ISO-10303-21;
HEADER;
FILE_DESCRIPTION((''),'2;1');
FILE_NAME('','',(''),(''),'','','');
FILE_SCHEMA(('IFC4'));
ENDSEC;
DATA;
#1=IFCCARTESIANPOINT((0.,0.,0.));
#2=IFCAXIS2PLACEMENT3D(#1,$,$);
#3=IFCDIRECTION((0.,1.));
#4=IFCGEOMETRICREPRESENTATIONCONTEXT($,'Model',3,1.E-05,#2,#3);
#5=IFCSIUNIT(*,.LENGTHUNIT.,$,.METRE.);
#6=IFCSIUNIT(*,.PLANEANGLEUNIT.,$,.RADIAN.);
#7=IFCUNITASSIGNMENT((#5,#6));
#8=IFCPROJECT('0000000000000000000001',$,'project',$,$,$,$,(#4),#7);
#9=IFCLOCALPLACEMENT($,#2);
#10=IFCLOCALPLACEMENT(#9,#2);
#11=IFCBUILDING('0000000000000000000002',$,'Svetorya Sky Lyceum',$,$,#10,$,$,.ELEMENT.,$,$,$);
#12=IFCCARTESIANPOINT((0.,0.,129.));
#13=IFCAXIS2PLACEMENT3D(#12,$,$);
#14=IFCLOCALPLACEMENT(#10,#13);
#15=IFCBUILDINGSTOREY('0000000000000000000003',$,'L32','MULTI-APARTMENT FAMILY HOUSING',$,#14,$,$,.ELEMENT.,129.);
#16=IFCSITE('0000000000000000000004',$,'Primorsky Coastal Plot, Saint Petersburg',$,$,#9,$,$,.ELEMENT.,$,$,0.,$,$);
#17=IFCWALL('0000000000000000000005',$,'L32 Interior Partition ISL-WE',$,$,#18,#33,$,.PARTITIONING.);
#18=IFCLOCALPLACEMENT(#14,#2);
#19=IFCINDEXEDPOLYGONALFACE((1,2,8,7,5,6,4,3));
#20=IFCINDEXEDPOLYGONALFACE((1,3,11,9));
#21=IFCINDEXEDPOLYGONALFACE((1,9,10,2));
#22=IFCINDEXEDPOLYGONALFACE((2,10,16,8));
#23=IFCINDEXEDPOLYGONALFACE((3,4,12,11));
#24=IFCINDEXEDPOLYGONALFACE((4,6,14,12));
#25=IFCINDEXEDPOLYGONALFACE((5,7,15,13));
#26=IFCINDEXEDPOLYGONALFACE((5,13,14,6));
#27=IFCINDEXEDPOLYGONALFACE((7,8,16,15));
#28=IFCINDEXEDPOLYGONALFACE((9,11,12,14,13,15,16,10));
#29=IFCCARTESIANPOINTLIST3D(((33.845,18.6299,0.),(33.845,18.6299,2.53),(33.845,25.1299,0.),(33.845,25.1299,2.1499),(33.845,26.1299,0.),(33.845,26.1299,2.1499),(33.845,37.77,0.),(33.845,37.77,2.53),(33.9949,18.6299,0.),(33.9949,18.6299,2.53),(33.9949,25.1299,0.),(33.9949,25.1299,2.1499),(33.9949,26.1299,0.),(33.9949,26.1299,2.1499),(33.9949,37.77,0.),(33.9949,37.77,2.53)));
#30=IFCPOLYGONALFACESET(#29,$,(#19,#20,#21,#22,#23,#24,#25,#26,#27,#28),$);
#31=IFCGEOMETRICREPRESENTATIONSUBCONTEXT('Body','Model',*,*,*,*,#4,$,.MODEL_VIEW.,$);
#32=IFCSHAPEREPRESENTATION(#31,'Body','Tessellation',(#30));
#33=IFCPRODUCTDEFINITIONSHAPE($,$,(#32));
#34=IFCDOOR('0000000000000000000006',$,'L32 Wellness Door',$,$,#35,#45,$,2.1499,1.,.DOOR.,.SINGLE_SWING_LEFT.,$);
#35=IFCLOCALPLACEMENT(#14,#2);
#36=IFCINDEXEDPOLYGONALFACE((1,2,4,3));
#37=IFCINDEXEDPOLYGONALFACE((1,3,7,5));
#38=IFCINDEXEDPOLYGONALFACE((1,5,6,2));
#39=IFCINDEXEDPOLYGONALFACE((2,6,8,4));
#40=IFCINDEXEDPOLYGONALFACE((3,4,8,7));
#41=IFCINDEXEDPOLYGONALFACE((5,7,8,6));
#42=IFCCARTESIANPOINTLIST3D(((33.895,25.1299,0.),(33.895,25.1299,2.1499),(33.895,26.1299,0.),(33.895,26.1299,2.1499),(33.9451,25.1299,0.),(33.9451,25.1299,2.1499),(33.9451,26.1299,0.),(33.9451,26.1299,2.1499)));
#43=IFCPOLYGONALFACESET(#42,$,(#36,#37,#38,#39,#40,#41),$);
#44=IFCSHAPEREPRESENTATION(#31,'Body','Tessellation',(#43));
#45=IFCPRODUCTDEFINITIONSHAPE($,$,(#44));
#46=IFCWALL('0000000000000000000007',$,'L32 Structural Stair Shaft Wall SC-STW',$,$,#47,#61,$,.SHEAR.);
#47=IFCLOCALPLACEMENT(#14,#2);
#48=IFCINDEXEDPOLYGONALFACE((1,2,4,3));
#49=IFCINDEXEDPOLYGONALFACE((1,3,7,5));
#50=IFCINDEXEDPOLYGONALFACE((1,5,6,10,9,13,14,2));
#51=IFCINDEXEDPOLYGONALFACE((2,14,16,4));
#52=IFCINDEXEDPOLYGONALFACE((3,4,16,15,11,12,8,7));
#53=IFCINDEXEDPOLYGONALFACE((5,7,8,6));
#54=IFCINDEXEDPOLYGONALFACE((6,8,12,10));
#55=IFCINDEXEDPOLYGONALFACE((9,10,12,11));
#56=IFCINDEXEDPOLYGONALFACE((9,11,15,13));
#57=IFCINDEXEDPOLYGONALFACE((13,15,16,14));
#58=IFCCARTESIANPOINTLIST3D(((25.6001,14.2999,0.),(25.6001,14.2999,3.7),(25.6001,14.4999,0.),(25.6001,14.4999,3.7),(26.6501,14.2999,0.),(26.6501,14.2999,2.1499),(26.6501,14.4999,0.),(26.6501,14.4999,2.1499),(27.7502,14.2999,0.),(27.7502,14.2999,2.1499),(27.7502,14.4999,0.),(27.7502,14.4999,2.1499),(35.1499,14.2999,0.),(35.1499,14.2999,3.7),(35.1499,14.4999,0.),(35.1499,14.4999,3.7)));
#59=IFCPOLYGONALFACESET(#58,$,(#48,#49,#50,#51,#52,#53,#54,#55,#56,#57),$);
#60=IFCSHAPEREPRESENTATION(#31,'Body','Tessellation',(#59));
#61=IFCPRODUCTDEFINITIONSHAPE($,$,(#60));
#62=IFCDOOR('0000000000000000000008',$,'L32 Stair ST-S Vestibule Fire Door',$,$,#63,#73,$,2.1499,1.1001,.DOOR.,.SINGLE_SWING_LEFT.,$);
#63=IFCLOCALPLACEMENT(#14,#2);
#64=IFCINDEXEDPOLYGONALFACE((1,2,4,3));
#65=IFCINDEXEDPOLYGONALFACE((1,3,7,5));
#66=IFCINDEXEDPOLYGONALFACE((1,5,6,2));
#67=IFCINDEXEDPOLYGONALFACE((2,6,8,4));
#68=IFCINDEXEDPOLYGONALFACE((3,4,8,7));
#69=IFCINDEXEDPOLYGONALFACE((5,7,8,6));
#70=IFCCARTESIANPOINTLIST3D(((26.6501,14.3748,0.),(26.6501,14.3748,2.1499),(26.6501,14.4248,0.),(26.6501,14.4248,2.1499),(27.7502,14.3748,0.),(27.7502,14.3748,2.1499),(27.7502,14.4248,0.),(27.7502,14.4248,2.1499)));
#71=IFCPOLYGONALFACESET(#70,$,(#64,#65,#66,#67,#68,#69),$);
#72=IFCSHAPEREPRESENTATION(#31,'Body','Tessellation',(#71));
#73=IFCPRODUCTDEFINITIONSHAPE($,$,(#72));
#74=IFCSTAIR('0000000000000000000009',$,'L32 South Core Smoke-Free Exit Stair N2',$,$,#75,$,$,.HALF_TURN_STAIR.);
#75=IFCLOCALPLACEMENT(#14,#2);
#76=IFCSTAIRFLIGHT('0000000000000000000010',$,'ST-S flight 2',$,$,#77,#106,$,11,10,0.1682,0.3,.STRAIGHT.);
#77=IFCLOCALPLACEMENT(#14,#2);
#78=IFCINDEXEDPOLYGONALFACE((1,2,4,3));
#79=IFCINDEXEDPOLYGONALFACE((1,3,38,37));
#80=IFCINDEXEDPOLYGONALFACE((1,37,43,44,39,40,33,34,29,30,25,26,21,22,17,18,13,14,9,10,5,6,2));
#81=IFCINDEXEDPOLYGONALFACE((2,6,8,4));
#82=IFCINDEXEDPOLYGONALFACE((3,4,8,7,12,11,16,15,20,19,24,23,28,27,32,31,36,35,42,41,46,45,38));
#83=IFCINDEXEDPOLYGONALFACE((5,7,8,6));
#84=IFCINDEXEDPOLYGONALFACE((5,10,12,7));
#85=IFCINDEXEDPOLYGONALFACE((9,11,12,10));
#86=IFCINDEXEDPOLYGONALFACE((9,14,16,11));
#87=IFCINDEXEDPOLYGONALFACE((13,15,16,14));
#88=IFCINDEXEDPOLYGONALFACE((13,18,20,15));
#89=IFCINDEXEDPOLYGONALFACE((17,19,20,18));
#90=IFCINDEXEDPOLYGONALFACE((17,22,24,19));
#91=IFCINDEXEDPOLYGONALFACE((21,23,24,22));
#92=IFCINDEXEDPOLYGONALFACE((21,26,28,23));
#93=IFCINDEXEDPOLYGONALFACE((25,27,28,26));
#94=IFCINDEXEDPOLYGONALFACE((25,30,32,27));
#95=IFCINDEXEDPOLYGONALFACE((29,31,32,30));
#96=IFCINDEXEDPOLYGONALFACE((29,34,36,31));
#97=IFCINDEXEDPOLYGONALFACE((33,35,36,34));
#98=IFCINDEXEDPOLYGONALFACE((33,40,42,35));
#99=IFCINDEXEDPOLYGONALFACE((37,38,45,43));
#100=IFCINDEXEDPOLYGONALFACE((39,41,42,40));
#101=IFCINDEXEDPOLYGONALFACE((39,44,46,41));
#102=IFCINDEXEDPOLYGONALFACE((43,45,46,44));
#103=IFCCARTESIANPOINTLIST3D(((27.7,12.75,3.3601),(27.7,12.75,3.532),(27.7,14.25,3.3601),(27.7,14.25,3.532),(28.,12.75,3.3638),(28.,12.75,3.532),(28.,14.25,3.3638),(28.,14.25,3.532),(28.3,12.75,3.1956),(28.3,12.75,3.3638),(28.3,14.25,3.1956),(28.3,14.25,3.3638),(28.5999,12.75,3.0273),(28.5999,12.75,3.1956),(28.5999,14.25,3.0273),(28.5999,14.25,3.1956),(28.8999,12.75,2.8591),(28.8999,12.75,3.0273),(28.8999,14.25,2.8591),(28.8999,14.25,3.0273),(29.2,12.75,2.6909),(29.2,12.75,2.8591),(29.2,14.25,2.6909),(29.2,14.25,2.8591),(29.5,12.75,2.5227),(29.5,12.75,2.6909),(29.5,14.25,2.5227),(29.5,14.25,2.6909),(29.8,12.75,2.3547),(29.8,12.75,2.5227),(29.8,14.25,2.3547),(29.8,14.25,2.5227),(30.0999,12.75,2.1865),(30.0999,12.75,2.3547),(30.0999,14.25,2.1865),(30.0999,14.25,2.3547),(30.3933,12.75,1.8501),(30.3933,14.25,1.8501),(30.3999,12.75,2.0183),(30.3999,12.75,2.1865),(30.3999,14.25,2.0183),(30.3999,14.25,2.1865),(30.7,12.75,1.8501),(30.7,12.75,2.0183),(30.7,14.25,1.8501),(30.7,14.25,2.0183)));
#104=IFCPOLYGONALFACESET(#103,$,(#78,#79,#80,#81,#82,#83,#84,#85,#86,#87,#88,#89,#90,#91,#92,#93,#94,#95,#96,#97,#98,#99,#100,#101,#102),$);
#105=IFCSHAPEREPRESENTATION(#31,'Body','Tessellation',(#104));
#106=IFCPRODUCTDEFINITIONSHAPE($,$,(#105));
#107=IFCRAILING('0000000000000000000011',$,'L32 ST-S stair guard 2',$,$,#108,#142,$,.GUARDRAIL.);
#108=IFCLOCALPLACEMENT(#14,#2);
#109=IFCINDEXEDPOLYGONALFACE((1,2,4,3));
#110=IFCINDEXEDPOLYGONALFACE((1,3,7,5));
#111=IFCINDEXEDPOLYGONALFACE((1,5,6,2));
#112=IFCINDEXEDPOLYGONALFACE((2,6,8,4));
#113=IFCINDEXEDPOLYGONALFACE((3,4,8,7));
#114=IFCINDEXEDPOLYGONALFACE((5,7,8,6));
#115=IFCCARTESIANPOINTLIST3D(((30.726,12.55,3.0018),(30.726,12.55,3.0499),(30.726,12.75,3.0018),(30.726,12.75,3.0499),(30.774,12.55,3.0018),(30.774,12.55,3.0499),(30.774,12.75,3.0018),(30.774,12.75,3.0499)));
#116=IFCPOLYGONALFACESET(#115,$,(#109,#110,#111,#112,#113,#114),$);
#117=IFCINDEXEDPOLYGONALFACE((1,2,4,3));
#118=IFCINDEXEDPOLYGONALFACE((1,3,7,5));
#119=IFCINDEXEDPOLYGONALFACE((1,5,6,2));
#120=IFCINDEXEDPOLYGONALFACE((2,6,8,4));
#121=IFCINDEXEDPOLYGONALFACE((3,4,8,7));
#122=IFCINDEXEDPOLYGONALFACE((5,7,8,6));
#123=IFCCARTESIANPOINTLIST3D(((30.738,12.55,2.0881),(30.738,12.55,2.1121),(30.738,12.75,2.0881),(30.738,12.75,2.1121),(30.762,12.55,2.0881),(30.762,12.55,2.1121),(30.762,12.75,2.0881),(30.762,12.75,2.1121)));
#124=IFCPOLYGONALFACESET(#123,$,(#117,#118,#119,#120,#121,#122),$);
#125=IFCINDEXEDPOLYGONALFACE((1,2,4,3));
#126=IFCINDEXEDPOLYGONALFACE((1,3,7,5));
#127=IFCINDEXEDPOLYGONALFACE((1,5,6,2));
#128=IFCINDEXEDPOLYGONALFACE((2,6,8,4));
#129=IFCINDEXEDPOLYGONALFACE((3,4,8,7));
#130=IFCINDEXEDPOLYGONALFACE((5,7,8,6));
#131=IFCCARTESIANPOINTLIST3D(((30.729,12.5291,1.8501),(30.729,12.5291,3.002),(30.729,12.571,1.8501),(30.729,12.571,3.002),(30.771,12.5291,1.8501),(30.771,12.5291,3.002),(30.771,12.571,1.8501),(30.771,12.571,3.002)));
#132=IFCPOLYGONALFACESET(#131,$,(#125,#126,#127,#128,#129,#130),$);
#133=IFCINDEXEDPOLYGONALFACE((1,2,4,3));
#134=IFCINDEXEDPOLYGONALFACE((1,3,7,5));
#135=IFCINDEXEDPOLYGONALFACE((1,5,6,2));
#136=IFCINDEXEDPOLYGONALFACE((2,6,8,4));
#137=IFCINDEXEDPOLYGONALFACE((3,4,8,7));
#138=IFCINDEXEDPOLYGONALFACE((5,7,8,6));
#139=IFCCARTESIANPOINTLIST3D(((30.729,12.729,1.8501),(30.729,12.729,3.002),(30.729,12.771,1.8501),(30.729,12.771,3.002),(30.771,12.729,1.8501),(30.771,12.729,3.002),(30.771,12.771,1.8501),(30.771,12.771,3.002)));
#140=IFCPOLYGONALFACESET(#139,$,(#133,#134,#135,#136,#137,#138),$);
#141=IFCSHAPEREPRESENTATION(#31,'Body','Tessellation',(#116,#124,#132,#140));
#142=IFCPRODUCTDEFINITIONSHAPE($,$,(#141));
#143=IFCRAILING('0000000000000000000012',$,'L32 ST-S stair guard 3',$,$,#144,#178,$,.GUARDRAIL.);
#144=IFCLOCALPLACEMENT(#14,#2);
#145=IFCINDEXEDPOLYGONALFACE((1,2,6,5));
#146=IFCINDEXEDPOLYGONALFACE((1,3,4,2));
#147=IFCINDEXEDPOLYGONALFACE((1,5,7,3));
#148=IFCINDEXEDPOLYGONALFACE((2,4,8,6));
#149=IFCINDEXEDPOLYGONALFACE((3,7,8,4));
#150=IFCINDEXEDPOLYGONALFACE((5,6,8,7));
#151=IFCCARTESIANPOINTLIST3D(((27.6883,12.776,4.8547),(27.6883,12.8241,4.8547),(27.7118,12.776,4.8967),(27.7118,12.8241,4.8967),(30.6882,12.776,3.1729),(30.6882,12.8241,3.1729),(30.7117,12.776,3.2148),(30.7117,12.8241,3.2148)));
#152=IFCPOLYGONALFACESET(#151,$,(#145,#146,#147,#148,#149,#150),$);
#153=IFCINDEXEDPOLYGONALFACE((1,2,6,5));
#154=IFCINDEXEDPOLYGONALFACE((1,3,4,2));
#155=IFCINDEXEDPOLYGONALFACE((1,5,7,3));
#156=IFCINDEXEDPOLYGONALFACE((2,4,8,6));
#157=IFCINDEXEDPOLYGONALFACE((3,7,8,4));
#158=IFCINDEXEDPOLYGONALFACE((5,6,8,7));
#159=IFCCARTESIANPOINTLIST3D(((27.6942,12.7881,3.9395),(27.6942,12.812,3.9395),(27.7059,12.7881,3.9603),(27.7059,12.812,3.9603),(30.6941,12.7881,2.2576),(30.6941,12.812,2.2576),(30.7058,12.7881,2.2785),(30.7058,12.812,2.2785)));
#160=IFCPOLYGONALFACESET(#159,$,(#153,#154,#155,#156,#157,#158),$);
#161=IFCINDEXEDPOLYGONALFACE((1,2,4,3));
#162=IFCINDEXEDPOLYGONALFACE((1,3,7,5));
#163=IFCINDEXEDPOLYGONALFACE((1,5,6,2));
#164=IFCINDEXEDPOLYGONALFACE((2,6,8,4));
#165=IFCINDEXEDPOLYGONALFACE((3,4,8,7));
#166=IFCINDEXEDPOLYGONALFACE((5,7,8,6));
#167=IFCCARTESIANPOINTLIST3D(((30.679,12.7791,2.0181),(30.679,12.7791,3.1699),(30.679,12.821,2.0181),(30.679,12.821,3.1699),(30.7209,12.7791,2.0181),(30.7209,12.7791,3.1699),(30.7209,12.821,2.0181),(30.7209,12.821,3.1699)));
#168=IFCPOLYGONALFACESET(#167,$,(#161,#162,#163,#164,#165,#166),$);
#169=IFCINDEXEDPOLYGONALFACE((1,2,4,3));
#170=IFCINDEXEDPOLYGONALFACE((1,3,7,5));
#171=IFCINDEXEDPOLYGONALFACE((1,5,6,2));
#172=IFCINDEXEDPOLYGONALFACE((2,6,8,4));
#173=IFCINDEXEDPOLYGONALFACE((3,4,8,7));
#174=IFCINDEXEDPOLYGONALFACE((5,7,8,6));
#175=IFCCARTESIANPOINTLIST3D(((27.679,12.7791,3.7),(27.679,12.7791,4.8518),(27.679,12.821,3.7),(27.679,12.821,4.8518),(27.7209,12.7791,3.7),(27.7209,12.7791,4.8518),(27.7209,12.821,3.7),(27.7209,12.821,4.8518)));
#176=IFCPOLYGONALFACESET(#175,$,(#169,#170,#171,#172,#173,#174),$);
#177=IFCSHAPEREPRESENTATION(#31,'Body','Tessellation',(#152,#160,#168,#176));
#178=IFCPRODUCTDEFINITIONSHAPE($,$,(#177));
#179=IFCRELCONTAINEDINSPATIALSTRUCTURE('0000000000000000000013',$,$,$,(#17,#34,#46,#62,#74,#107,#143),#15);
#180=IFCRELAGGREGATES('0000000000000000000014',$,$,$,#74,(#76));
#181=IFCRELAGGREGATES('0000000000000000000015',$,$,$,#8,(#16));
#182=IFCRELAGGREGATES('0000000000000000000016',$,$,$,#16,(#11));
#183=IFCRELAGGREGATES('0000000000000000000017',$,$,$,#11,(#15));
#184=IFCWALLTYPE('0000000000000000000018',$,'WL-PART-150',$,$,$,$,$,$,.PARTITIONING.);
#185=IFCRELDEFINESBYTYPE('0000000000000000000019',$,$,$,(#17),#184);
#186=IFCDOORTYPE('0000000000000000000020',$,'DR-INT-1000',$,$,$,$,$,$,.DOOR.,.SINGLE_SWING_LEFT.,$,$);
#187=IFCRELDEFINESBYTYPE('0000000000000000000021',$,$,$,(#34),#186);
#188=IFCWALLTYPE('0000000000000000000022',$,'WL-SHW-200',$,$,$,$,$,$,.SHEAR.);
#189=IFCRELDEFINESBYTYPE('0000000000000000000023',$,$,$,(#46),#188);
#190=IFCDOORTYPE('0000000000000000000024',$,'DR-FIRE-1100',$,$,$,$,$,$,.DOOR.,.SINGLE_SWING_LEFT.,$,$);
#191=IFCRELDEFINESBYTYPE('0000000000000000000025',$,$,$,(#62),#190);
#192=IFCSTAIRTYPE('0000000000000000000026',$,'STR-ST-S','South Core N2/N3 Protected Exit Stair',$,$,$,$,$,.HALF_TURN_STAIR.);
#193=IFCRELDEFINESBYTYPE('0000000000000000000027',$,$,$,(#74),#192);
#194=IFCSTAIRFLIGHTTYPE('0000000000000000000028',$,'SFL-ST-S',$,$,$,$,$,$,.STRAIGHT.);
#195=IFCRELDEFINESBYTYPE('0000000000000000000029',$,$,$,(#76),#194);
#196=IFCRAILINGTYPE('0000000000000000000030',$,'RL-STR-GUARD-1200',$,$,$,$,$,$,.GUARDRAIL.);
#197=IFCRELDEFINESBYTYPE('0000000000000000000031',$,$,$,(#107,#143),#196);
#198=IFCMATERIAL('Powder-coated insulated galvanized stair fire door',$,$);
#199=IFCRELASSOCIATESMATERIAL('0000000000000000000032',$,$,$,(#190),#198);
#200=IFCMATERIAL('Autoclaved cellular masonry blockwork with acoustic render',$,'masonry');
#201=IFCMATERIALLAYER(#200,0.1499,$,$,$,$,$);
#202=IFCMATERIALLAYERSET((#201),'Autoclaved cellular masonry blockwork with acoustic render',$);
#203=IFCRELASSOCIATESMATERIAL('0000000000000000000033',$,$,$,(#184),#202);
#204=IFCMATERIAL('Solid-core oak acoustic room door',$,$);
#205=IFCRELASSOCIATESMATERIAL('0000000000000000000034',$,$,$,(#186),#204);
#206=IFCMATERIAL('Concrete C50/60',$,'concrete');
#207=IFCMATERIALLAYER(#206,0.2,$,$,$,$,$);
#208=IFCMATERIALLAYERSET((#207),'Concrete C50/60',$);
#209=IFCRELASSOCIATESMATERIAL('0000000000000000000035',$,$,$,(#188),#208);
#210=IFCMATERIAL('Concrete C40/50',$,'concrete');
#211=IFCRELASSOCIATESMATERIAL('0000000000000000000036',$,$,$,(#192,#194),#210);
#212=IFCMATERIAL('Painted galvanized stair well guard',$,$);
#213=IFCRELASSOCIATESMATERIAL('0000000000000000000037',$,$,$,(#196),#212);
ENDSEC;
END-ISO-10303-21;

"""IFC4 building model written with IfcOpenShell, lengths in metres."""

from ifc_helpers import new_model, si_unit, direction, frame, frame_2d, origin, origin_2d, place, context, subcontext, project, spatial, polyline, rectangle, outline, extrude, material, layer, layer_set, type_object, element, fill, aggregate, save


model = new_model("IFC4")

# Units and contexts
model_context = context("Model", 3, precision=1e-05, world=origin(), true_north=direction((0.0, 1.0)))
body_context = subcontext(model_context, "Body", "Model", "MODEL_VIEW")
ifc_project = project(units=[si_unit("LENGTHUNIT", "METRE"), si_unit("PLANEANGLEUNIT", "RADIAN")], contexts=[model_context])

# Site, building, storey
site_placement = place(None, origin())
site = spatial("IfcSite", under=ifc_project, at=site_placement, Name="Primorsky Coastal Plot, Saint Petersburg", CompositionType="ELEMENT", RefElevation=0.0)
building_placement = place(site_placement, origin())
building = spatial("IfcBuilding", under=site, at=building_placement, Name="Svetorya Sky Lyceum", CompositionType="ELEMENT")
storey_placement = place(building_placement, frame((0.0, 0.0, 129.0)))
storey = spatial("IfcBuildingStorey", under=building, at=storey_placement, Name="L32", Description="MULTI-APARTMENT FAMILY HOUSING", CompositionType="ELEMENT", Elevation=129.0)

# Shared definitions
ifc_material_1 = material(Name="Concrete C50/60", Category="concrete")

# Shared definitions
ifc_material_2 = material(Name="Powder-coated insulated galvanized stair fire door")
door_type_1 = type_object("IfcDoorType", Name="DR-FIRE-1100", OperationType="SINGLE_SWING_LEFT", PredefinedType="DOOR", material=ifc_material_2)

# Shared definitions
ifc_material_3 = material(Name="Autoclaved cellular masonry blockwork with acoustic render", Category="masonry")
ifc_layer_1 = layer(ifc_material_3, 0.1499)
ifc_layer_set_1 = layer_set([ifc_layer_1], Name="Autoclaved cellular masonry blockwork with acoustic render")
wall_type_1 = type_object("IfcWallType", Name="WL-PART-150", PredefinedType="PARTITIONING", material=ifc_layer_set_1)

# Walls, openings, doors
wall_1_placement = place(storey_placement, frame((33.9199, 18.6299, 0.0), z_axis=(0.0, 0.0, 1.0), x_axis=(0.0, 1.0, 0.0)))
wall_1 = element("IfcWall", 1, at=wall_1_placement, inside=storey, type_object=wall_type_1, Name="L32 Interior Partition ISL-WE", PredefinedType="PARTITIONING", context=body_context, shape_type="SweptSolid", body=[
    extrude(rectangle(XDim=19.1401, YDim=0.1499, at=frame_2d((9.5701, 0.0))), origin(), (0.0, 0.0, 1.0), 2.53),
])
opening_1_placement = place(wall_1_placement, frame((6.5, 0.0, 0.0)))
opening_1 = element("IfcOpeningElement", 2, at=opening_1_placement, cuts=wall_1, PredefinedType="OPENING", context=body_context, shape_type="SweptSolid", body=[
    extrude(rectangle(XDim=1.0, YDim=2.1499, at=frame_2d((0.5, 1.075))), frame((0.0, 0.085, 0.0), z_axis=(0.0, -1.0, 0.0), x_axis=(1.0, 0.0, 0.0)), (0.0, 0.0, 1.0), 0.1699),
])
ifc_material_4 = material(Name="Solid-core oak acoustic room door")
door_type_2 = type_object("IfcDoorType", Name="DR-INT-1000", OperationType="SINGLE_SWING_LEFT", PredefinedType="DOOR", material=ifc_material_4)
door_1_placement = place(opening_1_placement, origin())
door_1 = element("IfcDoor", 3, at=door_1_placement, inside=storey, type_object=door_type_2, Name="L32 Wellness Door", OperationType="SINGLE_SWING_LEFT", OverallHeight=2.1499, OverallWidth=1.0, PredefinedType="DOOR", context=body_context, shape_type="SweptSolid", body=[
    extrude(rectangle(XDim=1.0, YDim=2.1499, at=frame_2d((0.5, 1.075))), frame((0.0, 0.0249, 0.0), z_axis=(0.0, -1.0, 0.0), x_axis=(1.0, 0.0, 0.0)), (0.0, 0.0, 1.0), 0.05),
])
fill(opening_1, door_1)
ifc_layer_2 = layer(ifc_material_1, 0.2)
ifc_layer_set_2 = layer_set([ifc_layer_2], Name="Concrete C50/60")
wall_type_2 = type_object("IfcWallType", Name="WL-SHW-200", PredefinedType="SHEAR", material=ifc_layer_set_2)
wall_2_placement = place(storey_placement, frame((25.6001, 14.3999, 0.0), z_axis=(0.0, 0.0, 1.0), x_axis=(1.0, 0.0, 0.0)))
wall_2 = element("IfcWall", 4, at=wall_2_placement, inside=storey, type_object=wall_type_2, Name="L32 Structural Stair Shaft Wall SC-STW", PredefinedType="SHEAR", context=body_context, shape_type="SweptSolid", body=[
    extrude(rectangle(XDim=9.5498, YDim=0.2, at=frame_2d((4.7749, 0.0))), origin(), (0.0, 0.0, 1.0), 3.7),
])
opening_2_placement = place(wall_2_placement, frame((1.05, 0.0, 0.0)))
opening_2 = element("IfcOpeningElement", 5, at=opening_2_placement, cuts=wall_2, PredefinedType="OPENING", context=body_context, shape_type="SweptSolid", body=[
    extrude(rectangle(XDim=1.1001, YDim=2.1499, at=frame_2d((0.55, 1.075))), frame((0.0, 0.1099, 0.0), z_axis=(0.0, -1.0, 0.0), x_axis=(1.0, 0.0, 0.0)), (0.0, 0.0, 1.0), 0.22),
])
door_2_placement = place(opening_2_placement, origin())
door_2 = element("IfcDoor", 6, at=door_2_placement, inside=storey, type_object=door_type_1, Name="L32 Stair ST-S Vestibule Fire Door", OperationType="SINGLE_SWING_LEFT", OverallHeight=2.1499, OverallWidth=1.1001, PredefinedType="DOOR", context=body_context, shape_type="SweptSolid", body=[
    extrude(rectangle(XDim=1.1001, YDim=2.1499, at=frame_2d((0.55, 1.075))), frame((0.0, 0.0249, 0.0), z_axis=(0.0, -1.0, 0.0), x_axis=(1.0, 0.0, 0.0)), (0.0, 0.0, 1.0), 0.05),
])
fill(opening_2, door_2)

# Stair, stair flight
ifc_material_5 = material(Name="Concrete C40/50", Category="concrete")
stair_type = type_object("IfcStairType", Name="STR-ST-S", Description="South Core N2/N3 Protected Exit Stair", PredefinedType="HALF_TURN_STAIR", material=ifc_material_5)
stair_placement = place(storey_placement, origin())
stair = element("IfcStair", 7, at=stair_placement, inside=storey, type_object=stair_type, Name="L32 South Core Smoke-Free Exit Stair N2", PredefinedType="HALF_TURN_STAIR")
stair_flight_type = type_object("IfcStairFlightType", Name="SFL-ST-S", PredefinedType="STRAIGHT", material=ifc_material_5)
stair_flight_placement = place(storey_placement, frame((30.7, 13.5, 1.8501), z_axis=(0.0, 0.0, 1.0), x_axis=(-1.0, 0.0, 0.0)))
stair_flight = element("IfcStairFlight", 8, at=stair_flight_placement, type_object=stair_flight_type, Name="ST-S flight 2", NumberOfRisers=11, NumberOfTreads=10, PredefinedType="STRAIGHT", RiserHeight=0.1682, TreadLength=0.3, context=body_context, shape_type="SweptSolid", body=[
    extrude(outline(polyline([(0.0, 0.0), (0.0, 0.1682), (0.3, 0.1682), (0.3, 0.3364), (0.6001, 0.3364), (0.6001, 0.5046), (0.8999, 0.5046), (0.8999, 0.6726), (1.2, 0.6726), (1.2, 0.8408), (1.5, 0.8408), (1.5, 1.009), (1.8, 1.009), (1.8, 1.1772), (2.1001, 1.1772), (2.1001, 1.3455), (2.3999, 1.3455), (2.3999, 1.5137), (2.7, 1.5137), (2.7, 1.6819), (3.0, 1.6819), (3.0, 1.8501), (3.0, 1.51), (0.3066, 0.0), (0.0, 0.0)])), frame((0.0, 0.75, 0.0), z_axis=(0.0, -1.0, 0.0), x_axis=(1.0, 0.0, 0.0)), (0.0, 0.0, 1.0), 1.5),
])
aggregate(stair, [stair_flight])

# Railings
ifc_material_6 = material(Name="Painted galvanized stair well guard")
railing_type_1 = type_object("IfcRailingType", Name="RL-STR-GUARD-1200", PredefinedType="GUARDRAIL", material=ifc_material_6)
railing_1_placement = place(storey_placement, frame((30.75, 12.55, 1.8501)))
element("IfcRailing", 9, at=railing_1_placement, inside=storey, type_object=railing_type_1, Name="L32 ST-S stair guard 2", PredefinedType="GUARDRAIL", context=body_context, shape_type="SweptSolid", body=[
    extrude(rectangle(XDim=0.0481, YDim=0.0481, at=origin_2d()), frame((0.0, 0.0, 1.1758), z_axis=(0.0, 1.0, 0.0), x_axis=(-1.0, 0.0, 0.0)), (0.0, 0.0, 1.0), 0.2),
    extrude(rectangle(XDim=0.0239, YDim=0.0239, at=origin_2d()), frame((0.0, 0.0, 0.25), z_axis=(0.0, 1.0, 0.0), x_axis=(-1.0, 0.0, 0.0)), (0.0, 0.0, 1.0), 0.2),
    extrude(rectangle(XDim=0.042, YDim=0.042, at=origin_2d()), origin(), (0.0, 0.0, 1.0), 1.1519),
    extrude(rectangle(XDim=0.042, YDim=0.042, at=origin_2d()), frame((0.0, 0.2, 0.0)), (0.0, 0.0, 1.0), 1.1519),
])
railing_2_placement = place(storey_placement, frame((30.7, 12.8, 2.0181)))
element("IfcRailing", 10, at=railing_2_placement, inside=storey, type_object=railing_type_1, Name="L32 ST-S stair guard 3", PredefinedType="GUARDRAIL", context=body_context, shape_type="SweptSolid", body=[
    extrude(rectangle(XDim=0.0481, YDim=0.0481, at=origin_2d()), frame((0.0, 0.0, 1.1758), z_axis=(-0.872272, 0.0, 0.48902), x_axis=(0.0, -1.0, 0.0)), (0.0, 0.0, 1.0), 3.4392),
    extrude(rectangle(XDim=0.0239, YDim=0.0239, at=origin_2d()), frame((0.0, 0.0, 0.25), z_axis=(-0.872272, 0.0, 0.48902), x_axis=(0.0, -1.0, 0.0)), (0.0, 0.0, 1.0), 3.4392),
    extrude(rectangle(XDim=0.042, YDim=0.042, at=origin_2d()), origin(), (0.0, 0.0, 1.0), 1.1519),
    extrude(rectangle(XDim=0.042, YDim=0.042, at=origin_2d()), frame((-3.0, 0.0, 1.6819)), (0.0, 0.0, 1.0), 1.1519),
])

save(model, "model.ifc")
